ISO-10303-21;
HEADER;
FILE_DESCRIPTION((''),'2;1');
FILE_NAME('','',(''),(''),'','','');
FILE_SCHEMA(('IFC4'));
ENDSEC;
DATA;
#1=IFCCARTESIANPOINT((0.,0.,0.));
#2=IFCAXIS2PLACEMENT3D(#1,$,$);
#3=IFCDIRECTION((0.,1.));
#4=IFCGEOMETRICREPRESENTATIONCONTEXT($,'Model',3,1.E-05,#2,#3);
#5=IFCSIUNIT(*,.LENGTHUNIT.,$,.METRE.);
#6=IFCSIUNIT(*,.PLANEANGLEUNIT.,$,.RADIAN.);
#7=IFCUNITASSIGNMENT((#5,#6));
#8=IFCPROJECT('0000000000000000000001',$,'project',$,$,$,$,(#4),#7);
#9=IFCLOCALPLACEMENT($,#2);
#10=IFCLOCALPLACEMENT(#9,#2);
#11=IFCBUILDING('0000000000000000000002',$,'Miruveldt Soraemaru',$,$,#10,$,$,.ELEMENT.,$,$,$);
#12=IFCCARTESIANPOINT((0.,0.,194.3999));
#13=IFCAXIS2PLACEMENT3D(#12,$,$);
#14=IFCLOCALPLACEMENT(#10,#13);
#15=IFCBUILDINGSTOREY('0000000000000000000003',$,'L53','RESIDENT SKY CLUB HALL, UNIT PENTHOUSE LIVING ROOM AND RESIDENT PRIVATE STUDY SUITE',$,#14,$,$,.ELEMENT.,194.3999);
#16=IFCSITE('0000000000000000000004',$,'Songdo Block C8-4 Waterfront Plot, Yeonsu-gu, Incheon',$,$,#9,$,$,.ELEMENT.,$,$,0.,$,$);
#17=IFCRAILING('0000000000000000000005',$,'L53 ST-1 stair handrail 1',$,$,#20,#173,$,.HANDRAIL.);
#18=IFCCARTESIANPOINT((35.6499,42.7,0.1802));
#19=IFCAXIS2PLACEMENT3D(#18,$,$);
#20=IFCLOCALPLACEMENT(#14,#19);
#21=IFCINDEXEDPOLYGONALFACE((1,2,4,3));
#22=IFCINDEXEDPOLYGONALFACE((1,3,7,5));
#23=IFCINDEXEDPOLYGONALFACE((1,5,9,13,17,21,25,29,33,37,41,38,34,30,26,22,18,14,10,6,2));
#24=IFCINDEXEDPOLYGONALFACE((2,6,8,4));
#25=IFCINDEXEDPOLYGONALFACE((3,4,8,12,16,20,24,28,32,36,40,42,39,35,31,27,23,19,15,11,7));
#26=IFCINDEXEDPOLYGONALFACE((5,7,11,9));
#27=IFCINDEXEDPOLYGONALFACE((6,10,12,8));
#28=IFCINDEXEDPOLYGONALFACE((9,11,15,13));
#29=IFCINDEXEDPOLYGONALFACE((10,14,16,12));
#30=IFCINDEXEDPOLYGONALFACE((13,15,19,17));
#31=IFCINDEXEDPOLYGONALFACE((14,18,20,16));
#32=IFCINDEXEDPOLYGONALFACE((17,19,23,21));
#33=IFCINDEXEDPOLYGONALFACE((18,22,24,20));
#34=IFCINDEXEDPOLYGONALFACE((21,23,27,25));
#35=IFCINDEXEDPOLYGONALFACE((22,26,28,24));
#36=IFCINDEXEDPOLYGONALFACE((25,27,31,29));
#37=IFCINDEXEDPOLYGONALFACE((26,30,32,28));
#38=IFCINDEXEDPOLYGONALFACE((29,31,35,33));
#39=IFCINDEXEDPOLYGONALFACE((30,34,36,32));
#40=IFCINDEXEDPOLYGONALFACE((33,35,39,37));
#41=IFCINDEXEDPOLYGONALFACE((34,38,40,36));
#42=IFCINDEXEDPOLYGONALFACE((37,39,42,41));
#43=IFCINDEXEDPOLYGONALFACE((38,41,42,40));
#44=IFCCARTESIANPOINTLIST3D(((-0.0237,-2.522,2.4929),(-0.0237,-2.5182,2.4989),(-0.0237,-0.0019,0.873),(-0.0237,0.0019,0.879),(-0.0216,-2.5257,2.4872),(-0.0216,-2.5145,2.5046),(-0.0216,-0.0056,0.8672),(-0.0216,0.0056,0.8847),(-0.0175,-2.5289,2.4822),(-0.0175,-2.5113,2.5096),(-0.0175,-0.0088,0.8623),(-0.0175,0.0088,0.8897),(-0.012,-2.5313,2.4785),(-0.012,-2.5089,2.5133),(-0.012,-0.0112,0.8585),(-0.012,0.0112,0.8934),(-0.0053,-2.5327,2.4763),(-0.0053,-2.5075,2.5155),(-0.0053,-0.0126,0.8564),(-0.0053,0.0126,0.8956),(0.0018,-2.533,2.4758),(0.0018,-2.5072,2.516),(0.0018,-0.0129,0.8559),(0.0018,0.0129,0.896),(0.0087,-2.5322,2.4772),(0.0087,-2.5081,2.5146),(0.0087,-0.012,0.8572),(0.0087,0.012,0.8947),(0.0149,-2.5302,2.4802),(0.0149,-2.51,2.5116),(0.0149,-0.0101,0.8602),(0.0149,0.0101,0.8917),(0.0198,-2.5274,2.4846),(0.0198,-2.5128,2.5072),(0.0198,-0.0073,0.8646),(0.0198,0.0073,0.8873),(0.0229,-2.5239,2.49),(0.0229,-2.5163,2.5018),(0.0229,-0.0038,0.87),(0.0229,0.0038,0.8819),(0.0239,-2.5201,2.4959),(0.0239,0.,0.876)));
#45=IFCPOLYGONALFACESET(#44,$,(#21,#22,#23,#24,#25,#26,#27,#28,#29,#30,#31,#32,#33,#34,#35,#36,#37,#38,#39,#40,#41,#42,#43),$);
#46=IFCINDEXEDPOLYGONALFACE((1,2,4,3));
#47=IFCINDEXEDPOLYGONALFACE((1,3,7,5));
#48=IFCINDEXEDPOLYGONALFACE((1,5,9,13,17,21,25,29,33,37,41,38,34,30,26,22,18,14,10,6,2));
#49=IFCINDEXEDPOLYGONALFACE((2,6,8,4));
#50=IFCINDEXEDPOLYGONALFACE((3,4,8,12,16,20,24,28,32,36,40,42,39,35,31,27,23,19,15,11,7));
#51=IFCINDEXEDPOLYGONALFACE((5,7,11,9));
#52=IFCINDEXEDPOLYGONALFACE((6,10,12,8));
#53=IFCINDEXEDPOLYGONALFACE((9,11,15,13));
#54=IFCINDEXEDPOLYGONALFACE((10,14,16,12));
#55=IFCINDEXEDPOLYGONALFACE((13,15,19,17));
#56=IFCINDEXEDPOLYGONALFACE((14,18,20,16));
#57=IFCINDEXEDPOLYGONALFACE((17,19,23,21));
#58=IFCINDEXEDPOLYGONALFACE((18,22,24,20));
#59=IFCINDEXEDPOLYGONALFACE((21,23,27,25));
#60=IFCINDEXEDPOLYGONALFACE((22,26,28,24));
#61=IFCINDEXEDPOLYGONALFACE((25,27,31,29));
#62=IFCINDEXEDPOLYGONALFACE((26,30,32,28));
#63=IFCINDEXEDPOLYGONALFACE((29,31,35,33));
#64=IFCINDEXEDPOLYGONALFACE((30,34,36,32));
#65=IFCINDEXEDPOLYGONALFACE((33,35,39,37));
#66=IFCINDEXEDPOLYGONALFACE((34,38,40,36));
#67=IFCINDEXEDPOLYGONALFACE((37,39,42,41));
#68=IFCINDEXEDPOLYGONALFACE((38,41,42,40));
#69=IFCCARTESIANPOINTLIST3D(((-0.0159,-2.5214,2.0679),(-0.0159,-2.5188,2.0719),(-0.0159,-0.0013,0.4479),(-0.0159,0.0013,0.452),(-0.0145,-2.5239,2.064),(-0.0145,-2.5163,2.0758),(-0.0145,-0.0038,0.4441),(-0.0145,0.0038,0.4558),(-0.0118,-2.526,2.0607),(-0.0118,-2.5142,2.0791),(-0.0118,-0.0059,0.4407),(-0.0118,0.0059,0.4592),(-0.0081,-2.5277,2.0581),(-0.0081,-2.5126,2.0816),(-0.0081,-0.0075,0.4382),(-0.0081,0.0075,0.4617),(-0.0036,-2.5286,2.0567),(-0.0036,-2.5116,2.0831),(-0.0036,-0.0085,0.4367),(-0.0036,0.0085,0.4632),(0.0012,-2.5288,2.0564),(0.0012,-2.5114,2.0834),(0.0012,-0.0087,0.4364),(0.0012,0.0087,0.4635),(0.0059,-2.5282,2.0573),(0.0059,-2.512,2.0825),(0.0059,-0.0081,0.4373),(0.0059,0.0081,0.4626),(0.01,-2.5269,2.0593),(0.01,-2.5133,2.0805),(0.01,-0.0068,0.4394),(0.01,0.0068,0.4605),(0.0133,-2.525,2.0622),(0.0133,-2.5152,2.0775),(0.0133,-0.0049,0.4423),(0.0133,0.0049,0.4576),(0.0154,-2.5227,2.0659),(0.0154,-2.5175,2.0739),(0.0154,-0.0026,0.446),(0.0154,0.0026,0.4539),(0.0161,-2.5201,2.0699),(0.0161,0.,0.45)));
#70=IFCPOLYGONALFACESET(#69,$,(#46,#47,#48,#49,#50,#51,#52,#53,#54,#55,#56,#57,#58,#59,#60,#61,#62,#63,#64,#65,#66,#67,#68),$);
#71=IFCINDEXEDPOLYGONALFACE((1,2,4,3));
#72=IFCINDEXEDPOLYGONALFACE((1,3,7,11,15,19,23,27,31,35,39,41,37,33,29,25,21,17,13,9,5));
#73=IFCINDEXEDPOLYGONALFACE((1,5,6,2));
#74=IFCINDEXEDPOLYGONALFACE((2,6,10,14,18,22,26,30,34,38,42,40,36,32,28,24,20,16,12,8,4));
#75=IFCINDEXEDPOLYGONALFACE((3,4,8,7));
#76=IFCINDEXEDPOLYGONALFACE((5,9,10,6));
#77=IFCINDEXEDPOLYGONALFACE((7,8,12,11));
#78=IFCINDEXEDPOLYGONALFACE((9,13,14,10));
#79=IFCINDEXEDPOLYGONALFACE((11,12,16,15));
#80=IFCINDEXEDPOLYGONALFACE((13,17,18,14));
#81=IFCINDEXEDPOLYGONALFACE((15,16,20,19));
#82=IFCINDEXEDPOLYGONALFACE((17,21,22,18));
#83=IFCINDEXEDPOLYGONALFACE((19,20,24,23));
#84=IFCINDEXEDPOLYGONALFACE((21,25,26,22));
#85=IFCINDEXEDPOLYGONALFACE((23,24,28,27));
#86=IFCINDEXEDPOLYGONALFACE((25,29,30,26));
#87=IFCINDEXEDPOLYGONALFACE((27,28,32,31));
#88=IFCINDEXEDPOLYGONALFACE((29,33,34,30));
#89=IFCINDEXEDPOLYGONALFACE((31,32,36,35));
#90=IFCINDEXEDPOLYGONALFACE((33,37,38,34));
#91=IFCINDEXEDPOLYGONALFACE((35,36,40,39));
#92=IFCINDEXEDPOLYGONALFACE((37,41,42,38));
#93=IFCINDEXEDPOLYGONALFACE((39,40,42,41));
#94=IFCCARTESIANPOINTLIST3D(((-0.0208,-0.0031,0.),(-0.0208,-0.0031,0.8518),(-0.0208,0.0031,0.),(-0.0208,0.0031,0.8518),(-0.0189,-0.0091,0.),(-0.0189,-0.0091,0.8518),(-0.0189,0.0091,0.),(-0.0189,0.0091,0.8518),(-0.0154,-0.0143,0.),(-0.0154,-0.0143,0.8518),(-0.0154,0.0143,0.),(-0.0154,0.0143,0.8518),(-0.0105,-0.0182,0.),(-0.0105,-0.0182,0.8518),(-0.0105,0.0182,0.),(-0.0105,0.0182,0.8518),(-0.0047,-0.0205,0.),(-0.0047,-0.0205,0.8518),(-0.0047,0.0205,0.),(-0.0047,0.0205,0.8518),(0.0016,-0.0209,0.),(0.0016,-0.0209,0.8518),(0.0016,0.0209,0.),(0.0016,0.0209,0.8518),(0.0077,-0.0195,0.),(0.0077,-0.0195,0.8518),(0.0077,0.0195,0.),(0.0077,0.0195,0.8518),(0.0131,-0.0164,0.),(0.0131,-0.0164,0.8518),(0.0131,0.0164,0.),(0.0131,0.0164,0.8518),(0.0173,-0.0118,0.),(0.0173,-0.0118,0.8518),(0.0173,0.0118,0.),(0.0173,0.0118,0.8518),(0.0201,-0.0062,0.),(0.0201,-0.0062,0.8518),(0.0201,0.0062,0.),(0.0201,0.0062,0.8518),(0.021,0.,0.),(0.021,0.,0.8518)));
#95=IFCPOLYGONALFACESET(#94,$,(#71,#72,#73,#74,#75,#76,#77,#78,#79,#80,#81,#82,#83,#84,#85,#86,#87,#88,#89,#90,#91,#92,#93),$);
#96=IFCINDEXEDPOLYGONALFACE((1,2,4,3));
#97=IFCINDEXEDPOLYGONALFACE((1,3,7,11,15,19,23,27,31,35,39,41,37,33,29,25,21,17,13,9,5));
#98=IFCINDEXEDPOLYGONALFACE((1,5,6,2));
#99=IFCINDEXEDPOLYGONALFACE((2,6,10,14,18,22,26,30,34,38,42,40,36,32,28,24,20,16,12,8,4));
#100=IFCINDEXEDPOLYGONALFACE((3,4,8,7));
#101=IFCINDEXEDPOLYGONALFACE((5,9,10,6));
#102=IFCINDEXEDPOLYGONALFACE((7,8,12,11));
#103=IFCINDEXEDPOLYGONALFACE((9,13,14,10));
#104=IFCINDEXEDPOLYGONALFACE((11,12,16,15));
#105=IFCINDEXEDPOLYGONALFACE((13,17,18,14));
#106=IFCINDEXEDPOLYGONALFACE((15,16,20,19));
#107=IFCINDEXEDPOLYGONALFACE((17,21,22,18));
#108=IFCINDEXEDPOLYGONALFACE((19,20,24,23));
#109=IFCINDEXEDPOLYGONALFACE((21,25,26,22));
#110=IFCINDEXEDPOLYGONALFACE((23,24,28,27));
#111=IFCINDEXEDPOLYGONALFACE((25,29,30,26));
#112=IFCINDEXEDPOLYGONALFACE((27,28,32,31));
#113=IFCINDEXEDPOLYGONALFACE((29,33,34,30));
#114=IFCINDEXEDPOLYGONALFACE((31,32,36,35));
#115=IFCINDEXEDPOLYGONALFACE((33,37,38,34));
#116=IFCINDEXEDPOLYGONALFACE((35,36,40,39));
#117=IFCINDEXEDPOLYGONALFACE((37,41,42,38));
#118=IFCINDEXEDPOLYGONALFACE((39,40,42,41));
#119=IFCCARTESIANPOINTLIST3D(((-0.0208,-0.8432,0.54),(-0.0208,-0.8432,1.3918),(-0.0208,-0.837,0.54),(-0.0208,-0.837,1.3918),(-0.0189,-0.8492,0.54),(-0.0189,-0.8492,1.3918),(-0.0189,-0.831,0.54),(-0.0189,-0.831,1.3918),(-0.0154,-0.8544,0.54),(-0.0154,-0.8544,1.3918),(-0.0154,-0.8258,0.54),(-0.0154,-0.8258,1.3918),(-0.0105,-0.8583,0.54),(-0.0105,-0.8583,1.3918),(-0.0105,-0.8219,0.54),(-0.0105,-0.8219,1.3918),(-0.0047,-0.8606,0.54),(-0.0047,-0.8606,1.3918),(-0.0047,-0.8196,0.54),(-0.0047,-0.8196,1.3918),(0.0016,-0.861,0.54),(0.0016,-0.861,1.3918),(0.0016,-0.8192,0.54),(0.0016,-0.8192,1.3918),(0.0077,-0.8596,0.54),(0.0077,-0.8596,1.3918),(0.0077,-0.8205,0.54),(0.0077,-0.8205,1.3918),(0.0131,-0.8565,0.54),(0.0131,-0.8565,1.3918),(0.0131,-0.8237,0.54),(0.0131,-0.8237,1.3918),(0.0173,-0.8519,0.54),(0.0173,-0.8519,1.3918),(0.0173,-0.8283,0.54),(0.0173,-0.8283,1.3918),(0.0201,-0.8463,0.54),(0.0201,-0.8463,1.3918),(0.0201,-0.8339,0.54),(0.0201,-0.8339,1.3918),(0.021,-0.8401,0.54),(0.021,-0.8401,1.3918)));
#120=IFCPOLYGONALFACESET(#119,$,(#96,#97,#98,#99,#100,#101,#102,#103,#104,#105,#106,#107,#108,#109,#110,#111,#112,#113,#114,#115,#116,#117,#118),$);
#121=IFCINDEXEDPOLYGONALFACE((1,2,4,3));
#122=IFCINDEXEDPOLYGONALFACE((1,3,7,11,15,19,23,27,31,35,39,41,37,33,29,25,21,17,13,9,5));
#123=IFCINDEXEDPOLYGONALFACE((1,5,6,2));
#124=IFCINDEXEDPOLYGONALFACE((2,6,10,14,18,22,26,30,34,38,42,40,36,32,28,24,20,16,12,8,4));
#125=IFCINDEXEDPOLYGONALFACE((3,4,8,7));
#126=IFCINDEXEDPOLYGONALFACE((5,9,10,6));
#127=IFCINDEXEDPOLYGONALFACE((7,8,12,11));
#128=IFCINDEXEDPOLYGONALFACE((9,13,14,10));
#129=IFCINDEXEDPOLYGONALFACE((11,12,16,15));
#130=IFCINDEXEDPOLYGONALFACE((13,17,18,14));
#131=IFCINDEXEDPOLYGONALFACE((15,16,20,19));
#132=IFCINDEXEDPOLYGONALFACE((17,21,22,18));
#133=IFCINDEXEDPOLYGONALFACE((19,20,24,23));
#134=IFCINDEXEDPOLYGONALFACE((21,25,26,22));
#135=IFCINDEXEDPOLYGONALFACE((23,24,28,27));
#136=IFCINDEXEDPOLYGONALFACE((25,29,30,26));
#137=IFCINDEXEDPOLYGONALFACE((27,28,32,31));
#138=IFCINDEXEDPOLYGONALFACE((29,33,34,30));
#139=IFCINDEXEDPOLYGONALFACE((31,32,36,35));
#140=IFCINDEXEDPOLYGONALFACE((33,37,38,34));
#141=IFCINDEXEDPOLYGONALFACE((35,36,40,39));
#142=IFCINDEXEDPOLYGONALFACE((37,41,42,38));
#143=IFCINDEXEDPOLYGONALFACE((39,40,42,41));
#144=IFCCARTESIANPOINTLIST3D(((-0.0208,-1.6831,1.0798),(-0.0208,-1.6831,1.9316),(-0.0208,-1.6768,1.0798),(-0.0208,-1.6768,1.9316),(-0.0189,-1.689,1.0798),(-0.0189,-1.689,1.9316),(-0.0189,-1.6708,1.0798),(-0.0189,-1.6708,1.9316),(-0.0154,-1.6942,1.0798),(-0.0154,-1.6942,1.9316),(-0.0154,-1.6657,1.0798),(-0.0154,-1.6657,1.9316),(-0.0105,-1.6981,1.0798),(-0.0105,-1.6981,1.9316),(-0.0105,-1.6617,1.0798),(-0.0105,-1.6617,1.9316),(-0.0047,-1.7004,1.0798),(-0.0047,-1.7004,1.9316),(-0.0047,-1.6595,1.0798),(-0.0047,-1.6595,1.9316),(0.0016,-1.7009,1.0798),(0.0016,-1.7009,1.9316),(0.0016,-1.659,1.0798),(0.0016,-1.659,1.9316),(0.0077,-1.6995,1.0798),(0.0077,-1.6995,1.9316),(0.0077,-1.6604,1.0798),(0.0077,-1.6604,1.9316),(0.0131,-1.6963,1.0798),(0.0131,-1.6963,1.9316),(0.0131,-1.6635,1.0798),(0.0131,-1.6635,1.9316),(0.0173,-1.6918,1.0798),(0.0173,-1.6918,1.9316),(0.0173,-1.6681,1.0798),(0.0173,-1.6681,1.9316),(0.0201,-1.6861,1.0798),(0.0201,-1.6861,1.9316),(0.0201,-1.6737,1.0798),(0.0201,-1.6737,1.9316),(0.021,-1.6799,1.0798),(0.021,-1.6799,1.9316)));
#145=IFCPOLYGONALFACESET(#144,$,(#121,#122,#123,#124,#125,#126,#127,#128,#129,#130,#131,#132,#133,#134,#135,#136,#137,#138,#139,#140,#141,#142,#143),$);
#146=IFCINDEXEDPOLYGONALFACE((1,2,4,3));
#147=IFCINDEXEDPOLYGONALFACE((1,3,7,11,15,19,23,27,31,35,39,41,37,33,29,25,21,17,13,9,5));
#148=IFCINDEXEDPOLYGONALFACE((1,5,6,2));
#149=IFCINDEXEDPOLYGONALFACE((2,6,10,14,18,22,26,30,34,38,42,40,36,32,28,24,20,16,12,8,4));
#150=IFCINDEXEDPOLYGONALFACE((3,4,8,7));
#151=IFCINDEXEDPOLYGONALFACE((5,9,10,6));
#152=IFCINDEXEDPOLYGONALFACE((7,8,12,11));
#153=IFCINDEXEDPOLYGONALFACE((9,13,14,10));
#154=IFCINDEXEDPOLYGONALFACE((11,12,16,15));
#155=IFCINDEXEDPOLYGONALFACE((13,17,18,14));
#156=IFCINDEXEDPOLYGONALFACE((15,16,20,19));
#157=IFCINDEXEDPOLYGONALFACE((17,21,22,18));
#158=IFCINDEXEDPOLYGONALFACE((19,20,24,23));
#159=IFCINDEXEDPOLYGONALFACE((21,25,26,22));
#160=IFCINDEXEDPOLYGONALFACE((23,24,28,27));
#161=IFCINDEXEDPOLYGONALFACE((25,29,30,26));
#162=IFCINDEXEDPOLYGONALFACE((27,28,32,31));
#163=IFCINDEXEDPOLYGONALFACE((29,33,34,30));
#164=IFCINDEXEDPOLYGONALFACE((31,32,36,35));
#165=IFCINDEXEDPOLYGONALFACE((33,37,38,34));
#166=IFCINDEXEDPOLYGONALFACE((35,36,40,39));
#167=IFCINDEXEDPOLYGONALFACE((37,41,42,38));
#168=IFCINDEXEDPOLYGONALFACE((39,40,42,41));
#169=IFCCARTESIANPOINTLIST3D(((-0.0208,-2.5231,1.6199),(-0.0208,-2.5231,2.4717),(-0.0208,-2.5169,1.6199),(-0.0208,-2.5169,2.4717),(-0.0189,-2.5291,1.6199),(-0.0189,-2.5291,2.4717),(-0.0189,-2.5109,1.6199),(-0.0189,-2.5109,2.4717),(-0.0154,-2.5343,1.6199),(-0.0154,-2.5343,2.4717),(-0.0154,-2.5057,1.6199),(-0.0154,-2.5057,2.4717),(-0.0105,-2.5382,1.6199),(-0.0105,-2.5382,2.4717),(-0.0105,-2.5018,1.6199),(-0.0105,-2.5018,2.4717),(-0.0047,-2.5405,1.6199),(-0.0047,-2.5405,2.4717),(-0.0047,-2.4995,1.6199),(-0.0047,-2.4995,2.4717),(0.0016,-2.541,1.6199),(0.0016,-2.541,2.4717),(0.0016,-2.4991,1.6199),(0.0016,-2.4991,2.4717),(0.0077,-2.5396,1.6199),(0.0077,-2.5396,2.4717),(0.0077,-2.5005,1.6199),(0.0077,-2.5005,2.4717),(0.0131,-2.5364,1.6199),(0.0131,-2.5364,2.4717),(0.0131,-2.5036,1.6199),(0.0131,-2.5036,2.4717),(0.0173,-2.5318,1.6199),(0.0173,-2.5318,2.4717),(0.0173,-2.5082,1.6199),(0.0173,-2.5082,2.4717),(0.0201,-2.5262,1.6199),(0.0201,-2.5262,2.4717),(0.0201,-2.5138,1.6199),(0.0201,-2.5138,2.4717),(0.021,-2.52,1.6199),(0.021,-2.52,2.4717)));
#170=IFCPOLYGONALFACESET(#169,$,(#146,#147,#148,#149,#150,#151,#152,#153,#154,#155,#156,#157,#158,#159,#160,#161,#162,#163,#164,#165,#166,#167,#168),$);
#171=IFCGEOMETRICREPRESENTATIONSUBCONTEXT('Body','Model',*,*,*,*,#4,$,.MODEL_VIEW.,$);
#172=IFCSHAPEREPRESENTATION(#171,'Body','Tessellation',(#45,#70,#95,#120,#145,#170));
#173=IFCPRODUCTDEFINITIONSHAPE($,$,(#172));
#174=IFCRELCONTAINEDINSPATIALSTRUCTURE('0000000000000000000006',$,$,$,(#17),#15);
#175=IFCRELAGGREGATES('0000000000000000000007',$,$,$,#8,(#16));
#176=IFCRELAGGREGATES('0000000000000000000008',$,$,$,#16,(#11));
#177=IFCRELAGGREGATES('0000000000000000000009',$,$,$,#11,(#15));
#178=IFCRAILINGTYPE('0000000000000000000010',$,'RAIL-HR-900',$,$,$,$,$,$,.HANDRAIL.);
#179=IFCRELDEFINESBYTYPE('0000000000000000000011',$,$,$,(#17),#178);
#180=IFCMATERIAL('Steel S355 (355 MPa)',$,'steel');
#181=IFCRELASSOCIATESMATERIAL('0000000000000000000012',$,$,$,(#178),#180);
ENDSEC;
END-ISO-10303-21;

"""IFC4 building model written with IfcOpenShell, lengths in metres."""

from ifc_helpers import new_model, si_unit, direction, frame, origin, origin_2d, place, context, subcontext, project, spatial, circle, extrude, material, type_object, element, save


model = new_model("IFC4")

# Units and contexts
model_context = context("Model", 3, precision=1e-05, world=origin(), true_north=direction((0.0, 1.0)))
body_context = subcontext(model_context, "Body", "Model", "MODEL_VIEW")
ifc_project = project(units=[si_unit("LENGTHUNIT", "METRE"), si_unit("PLANEANGLEUNIT", "RADIAN")], contexts=[model_context])

# Site, building, storey
site_placement = place(None, origin())
site = spatial("IfcSite", under=ifc_project, at=site_placement, Name="Songdo Block C8-4 Waterfront Plot, Yeonsu-gu, Incheon", CompositionType="ELEMENT", RefElevation=0.0)
building_placement = place(site_placement, origin())
building = spatial("IfcBuilding", under=site, at=building_placement, Name="Miruveldt Soraemaru", CompositionType="ELEMENT")
storey_placement = place(building_placement, frame((0.0, 0.0, 194.3999)))
storey = spatial("IfcBuildingStorey", under=building, at=storey_placement, Name="L53", Description="RESIDENT SKY CLUB HALL, UNIT PENTHOUSE LIVING ROOM AND RESIDENT PRIVATE STUDY SUITE", CompositionType="ELEMENT", Elevation=194.3999)

# Railing
ifc_material_1 = material(Name="Steel S355 (355 MPa)", Category="steel")
railing_type = type_object("IfcRailingType", Name="RAIL-HR-900", PredefinedType="HANDRAIL", material=ifc_material_1)
railing_placement = place(storey_placement, frame((35.6499, 42.7, 0.1802)))
element("IfcRailing", 1, at=railing_placement, inside=storey, type_object=railing_type, Name="L53 ST-1 stair handrail 1", PredefinedType="HANDRAIL", context=body_context, shape_type="SweptSolid", body=[
    extrude(circle(Radius=0.0239, at=origin_2d()), frame((0.0, 0.0, 0.876), z_axis=(0.0, -0.8412, 0.540725), x_axis=(1.0, 0.0, 0.0)), (0.0, 0.0, 1.0), 2.9958),
    extrude(circle(Radius=0.0161, at=origin_2d()), frame((0.0, 0.0, 0.45), z_axis=(0.0, -0.8412, 0.540725), x_axis=(1.0, 0.0, 0.0)), (0.0, 0.0, 1.0), 2.9958),
    extrude(circle(Radius=0.021, at=origin_2d()), origin(), (0.0, 0.0, 1.0), 0.8518),
    extrude(circle(Radius=0.021, at=origin_2d()), frame((0.0, -0.8401, 0.54)), (0.0, 0.0, 1.0), 0.8518),
    extrude(circle(Radius=0.021, at=origin_2d()), frame((0.0, -1.6799, 1.0798)), (0.0, 0.0, 1.0), 0.8518),
    extrude(circle(Radius=0.021, at=origin_2d()), frame((0.0, -2.52, 1.6199)), (0.0, 0.0, 1.0), 0.8518),
])

save(model, "model.ifc")
